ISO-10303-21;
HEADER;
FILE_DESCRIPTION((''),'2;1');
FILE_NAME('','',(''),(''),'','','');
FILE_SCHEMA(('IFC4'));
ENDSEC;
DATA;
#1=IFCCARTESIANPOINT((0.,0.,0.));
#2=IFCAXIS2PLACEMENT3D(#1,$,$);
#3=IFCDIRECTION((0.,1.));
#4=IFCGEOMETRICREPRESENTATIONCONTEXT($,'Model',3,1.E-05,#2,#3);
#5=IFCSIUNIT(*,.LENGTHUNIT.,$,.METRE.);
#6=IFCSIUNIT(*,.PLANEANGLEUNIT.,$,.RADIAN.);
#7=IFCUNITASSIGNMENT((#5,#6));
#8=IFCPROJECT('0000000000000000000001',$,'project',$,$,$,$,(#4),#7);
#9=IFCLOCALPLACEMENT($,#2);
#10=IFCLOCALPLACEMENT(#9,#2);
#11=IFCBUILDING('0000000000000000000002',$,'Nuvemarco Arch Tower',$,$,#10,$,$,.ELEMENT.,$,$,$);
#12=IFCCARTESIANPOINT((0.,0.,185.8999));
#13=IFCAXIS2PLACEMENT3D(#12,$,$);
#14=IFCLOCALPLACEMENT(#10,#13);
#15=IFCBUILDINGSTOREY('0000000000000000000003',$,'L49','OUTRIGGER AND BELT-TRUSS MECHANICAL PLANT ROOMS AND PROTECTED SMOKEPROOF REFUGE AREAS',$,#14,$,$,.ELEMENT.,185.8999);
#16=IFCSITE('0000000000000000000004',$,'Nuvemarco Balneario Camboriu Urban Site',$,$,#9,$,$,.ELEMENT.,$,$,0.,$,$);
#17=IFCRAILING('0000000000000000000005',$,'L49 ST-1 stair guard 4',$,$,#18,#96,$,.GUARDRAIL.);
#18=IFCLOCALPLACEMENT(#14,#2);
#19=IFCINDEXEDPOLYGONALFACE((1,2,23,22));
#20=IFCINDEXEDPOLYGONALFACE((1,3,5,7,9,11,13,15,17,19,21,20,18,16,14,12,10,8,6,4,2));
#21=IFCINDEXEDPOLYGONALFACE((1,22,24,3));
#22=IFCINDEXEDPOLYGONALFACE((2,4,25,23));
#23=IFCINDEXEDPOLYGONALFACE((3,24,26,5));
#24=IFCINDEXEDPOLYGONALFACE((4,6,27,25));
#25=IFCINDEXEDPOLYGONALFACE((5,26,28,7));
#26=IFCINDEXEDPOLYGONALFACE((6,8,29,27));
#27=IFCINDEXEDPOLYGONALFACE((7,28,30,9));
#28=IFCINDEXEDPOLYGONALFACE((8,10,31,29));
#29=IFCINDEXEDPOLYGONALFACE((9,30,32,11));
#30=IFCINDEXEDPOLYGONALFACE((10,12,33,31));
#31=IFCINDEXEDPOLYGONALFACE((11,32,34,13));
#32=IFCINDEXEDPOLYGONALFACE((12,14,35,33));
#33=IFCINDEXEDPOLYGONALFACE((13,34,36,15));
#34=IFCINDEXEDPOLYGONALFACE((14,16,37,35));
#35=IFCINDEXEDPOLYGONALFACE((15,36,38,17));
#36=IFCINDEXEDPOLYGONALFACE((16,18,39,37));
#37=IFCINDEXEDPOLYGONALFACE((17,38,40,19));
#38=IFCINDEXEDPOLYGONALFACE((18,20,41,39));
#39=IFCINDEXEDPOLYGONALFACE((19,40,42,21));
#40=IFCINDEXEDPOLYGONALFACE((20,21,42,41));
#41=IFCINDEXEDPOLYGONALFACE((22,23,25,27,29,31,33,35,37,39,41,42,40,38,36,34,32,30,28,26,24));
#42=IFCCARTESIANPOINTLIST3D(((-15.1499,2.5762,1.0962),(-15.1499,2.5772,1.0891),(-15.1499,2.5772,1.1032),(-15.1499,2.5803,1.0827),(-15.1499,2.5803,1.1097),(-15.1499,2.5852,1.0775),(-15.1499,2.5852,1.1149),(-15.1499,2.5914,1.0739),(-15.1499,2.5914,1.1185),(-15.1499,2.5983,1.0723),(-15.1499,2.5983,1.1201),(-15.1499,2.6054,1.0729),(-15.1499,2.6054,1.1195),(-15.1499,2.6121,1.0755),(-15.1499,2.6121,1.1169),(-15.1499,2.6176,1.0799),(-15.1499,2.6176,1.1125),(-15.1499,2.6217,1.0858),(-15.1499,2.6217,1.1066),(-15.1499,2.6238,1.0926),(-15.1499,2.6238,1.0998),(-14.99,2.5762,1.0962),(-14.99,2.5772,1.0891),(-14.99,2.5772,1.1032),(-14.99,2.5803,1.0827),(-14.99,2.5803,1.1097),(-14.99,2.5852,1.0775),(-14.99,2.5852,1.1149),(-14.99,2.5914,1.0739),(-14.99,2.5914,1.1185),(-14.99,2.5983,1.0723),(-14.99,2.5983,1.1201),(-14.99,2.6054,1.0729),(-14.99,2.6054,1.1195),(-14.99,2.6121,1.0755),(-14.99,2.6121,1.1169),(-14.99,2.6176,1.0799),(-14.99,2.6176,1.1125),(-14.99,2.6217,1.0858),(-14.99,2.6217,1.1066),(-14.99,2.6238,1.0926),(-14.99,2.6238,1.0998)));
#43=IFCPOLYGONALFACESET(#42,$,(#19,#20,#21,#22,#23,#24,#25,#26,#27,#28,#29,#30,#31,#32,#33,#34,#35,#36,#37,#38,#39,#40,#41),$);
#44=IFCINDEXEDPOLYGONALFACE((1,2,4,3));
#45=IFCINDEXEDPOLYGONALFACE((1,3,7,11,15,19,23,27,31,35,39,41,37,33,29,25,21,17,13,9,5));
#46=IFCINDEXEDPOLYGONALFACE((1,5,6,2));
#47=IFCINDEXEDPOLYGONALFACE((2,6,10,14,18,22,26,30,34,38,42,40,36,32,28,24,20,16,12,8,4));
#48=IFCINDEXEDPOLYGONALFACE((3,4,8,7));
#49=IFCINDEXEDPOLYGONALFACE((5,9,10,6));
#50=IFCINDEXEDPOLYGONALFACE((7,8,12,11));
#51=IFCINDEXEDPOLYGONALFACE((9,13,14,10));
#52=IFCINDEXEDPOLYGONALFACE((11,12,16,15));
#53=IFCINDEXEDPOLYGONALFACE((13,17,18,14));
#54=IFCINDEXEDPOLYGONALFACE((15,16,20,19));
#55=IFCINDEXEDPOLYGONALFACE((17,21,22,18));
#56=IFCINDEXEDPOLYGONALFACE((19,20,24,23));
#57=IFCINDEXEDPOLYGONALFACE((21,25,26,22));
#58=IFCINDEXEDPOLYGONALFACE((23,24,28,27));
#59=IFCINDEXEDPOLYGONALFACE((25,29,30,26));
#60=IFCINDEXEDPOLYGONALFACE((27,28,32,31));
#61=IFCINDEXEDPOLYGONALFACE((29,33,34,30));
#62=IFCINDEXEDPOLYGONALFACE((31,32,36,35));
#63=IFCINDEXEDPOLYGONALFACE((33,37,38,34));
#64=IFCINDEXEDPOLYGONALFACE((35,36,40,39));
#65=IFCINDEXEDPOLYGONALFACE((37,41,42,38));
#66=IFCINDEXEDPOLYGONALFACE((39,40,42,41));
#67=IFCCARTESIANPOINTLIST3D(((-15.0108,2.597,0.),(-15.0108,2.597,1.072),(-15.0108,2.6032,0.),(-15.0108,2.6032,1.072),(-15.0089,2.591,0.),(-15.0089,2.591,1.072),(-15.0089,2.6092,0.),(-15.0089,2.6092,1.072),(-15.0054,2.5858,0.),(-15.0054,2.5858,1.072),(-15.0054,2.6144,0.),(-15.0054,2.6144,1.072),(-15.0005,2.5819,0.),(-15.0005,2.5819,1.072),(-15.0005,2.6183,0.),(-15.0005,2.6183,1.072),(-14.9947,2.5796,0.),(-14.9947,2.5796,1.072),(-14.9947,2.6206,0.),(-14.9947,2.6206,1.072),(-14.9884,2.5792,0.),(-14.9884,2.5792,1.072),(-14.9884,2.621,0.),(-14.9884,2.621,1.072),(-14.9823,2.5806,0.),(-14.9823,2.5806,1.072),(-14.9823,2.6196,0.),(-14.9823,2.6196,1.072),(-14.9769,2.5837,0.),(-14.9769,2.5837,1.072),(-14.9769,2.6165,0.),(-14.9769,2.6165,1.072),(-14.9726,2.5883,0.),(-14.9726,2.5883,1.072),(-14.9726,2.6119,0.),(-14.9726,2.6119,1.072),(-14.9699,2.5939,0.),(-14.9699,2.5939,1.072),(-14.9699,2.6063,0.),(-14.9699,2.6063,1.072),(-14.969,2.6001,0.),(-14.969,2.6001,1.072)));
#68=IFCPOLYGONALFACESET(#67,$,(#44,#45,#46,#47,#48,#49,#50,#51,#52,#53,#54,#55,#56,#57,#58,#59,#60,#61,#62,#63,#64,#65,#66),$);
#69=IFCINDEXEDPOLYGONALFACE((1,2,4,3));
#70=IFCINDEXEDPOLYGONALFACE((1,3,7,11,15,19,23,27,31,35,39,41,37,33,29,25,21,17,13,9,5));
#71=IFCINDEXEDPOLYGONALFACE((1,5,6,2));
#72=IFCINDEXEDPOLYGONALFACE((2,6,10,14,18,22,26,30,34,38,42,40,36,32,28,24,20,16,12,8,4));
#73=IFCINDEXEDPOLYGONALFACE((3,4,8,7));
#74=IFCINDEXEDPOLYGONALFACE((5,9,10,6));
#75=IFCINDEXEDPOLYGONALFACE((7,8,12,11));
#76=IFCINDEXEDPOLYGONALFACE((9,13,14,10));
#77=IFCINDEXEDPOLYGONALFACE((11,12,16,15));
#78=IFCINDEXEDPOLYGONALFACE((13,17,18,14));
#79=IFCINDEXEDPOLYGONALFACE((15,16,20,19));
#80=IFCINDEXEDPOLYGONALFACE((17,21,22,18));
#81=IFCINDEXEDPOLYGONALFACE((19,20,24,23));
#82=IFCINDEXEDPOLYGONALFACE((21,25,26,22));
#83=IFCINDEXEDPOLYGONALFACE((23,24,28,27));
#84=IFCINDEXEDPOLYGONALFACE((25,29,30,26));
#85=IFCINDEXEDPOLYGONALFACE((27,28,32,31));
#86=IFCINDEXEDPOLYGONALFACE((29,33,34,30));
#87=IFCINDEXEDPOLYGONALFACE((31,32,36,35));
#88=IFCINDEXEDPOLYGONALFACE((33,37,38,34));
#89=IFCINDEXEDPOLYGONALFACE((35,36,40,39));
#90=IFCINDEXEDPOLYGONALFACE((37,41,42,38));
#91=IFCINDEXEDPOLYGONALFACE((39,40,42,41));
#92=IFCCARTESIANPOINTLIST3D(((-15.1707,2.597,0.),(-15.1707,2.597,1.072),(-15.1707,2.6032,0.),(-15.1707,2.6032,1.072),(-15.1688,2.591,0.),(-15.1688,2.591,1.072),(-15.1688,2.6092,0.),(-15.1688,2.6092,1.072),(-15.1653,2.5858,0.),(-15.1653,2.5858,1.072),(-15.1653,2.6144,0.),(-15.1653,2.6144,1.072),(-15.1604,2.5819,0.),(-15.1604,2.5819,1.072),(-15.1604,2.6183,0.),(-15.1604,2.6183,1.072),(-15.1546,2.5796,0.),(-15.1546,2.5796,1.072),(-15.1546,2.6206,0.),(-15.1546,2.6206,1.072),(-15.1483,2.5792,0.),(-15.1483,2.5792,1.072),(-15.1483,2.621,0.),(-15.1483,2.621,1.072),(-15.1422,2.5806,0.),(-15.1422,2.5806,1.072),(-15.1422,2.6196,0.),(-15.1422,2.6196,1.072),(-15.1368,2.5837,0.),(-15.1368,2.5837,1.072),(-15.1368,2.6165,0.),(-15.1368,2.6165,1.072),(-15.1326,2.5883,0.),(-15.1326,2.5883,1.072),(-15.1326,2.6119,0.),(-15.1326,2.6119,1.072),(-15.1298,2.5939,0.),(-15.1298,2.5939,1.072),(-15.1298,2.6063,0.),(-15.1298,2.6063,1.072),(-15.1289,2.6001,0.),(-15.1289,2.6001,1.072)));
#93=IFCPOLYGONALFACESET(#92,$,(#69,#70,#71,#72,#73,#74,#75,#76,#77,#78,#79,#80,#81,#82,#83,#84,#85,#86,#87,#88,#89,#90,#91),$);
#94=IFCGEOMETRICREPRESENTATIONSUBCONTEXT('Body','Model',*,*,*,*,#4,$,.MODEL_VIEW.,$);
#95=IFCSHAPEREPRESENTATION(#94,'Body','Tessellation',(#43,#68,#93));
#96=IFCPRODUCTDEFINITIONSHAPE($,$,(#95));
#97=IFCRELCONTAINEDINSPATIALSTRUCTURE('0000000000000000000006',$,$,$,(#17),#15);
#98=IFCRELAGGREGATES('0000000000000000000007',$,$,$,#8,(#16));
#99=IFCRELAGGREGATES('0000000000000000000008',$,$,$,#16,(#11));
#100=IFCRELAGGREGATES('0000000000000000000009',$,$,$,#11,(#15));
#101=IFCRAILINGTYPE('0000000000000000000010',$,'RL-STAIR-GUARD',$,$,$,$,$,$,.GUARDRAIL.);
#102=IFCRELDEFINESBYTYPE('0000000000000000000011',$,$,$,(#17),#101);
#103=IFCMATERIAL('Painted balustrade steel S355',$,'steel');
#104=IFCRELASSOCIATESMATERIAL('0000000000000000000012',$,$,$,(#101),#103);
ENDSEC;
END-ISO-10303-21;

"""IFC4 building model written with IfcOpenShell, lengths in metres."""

from ifc_helpers import new_model, si_unit, direction, frame, origin, origin_2d, place, context, subcontext, project, spatial, circle, extrude, material, type_object, element, save


model = new_model("IFC4")

# Units and contexts
model_context = context("Model", 3, precision=1e-05, world=origin(), true_north=direction((0.0, 1.0)))
body_context = subcontext(model_context, "Body", "Model", "MODEL_VIEW")
ifc_project = project(units=[si_unit("LENGTHUNIT", "METRE"), si_unit("PLANEANGLEUNIT", "RADIAN")], contexts=[model_context])

# Site, building, storey
site_placement = place(None, origin())
site = spatial("IfcSite", under=ifc_project, at=site_placement, Name="Nuvemarco Balneario Camboriu Urban Site", CompositionType="ELEMENT", RefElevation=0.0)
building_placement = place(site_placement, origin())
building = spatial("IfcBuilding", under=site, at=building_placement, Name="Nuvemarco Arch Tower", CompositionType="ELEMENT")
storey_placement = place(building_placement, frame((0.0, 0.0, 185.8999)))
storey = spatial("IfcBuildingStorey", under=building, at=storey_placement, Name="L49", Description="OUTRIGGER AND BELT-TRUSS MECHANICAL PLANT ROOMS AND PROTECTED SMOKEPROOF REFUGE AREAS", CompositionType="ELEMENT", Elevation=185.8999)

# Railing
ifc_material_1 = material(Name="Painted balustrade steel S355", Category="steel")
railing_type_1 = type_object("IfcRailingType", Name="RL-STAIR-GUARD", PredefinedType="GUARDRAIL", material=ifc_material_1)
railing_1_placement = place(storey_placement, frame((-14.99, 2.6001, 0.0)))
element("IfcRailing", 1, at=railing_1_placement, inside=storey, type_object=railing_type_1, Name="L49 ST-1 stair guard 4", PredefinedType="GUARDRAIL", context=body_context, shape_type="SweptSolid", body=[
    extrude(circle(Radius=0.0239, at=origin_2d()), frame((0.0, 0.0, 1.0962), z_axis=(-1.0, 0.0, 0.0), x_axis=(0.0, -1.0, 0.0)), (0.0, 0.0, 1.0), 0.1599),
    extrude(circle(Radius=0.021, at=origin_2d()), origin(), (0.0, 0.0, 1.0), 1.072),
    extrude(circle(Radius=0.021, at=origin_2d()), frame((-0.1599, 0.0, 0.0)), (0.0, 0.0, 1.0), 1.072),
])

save(model, "model.ifc")
